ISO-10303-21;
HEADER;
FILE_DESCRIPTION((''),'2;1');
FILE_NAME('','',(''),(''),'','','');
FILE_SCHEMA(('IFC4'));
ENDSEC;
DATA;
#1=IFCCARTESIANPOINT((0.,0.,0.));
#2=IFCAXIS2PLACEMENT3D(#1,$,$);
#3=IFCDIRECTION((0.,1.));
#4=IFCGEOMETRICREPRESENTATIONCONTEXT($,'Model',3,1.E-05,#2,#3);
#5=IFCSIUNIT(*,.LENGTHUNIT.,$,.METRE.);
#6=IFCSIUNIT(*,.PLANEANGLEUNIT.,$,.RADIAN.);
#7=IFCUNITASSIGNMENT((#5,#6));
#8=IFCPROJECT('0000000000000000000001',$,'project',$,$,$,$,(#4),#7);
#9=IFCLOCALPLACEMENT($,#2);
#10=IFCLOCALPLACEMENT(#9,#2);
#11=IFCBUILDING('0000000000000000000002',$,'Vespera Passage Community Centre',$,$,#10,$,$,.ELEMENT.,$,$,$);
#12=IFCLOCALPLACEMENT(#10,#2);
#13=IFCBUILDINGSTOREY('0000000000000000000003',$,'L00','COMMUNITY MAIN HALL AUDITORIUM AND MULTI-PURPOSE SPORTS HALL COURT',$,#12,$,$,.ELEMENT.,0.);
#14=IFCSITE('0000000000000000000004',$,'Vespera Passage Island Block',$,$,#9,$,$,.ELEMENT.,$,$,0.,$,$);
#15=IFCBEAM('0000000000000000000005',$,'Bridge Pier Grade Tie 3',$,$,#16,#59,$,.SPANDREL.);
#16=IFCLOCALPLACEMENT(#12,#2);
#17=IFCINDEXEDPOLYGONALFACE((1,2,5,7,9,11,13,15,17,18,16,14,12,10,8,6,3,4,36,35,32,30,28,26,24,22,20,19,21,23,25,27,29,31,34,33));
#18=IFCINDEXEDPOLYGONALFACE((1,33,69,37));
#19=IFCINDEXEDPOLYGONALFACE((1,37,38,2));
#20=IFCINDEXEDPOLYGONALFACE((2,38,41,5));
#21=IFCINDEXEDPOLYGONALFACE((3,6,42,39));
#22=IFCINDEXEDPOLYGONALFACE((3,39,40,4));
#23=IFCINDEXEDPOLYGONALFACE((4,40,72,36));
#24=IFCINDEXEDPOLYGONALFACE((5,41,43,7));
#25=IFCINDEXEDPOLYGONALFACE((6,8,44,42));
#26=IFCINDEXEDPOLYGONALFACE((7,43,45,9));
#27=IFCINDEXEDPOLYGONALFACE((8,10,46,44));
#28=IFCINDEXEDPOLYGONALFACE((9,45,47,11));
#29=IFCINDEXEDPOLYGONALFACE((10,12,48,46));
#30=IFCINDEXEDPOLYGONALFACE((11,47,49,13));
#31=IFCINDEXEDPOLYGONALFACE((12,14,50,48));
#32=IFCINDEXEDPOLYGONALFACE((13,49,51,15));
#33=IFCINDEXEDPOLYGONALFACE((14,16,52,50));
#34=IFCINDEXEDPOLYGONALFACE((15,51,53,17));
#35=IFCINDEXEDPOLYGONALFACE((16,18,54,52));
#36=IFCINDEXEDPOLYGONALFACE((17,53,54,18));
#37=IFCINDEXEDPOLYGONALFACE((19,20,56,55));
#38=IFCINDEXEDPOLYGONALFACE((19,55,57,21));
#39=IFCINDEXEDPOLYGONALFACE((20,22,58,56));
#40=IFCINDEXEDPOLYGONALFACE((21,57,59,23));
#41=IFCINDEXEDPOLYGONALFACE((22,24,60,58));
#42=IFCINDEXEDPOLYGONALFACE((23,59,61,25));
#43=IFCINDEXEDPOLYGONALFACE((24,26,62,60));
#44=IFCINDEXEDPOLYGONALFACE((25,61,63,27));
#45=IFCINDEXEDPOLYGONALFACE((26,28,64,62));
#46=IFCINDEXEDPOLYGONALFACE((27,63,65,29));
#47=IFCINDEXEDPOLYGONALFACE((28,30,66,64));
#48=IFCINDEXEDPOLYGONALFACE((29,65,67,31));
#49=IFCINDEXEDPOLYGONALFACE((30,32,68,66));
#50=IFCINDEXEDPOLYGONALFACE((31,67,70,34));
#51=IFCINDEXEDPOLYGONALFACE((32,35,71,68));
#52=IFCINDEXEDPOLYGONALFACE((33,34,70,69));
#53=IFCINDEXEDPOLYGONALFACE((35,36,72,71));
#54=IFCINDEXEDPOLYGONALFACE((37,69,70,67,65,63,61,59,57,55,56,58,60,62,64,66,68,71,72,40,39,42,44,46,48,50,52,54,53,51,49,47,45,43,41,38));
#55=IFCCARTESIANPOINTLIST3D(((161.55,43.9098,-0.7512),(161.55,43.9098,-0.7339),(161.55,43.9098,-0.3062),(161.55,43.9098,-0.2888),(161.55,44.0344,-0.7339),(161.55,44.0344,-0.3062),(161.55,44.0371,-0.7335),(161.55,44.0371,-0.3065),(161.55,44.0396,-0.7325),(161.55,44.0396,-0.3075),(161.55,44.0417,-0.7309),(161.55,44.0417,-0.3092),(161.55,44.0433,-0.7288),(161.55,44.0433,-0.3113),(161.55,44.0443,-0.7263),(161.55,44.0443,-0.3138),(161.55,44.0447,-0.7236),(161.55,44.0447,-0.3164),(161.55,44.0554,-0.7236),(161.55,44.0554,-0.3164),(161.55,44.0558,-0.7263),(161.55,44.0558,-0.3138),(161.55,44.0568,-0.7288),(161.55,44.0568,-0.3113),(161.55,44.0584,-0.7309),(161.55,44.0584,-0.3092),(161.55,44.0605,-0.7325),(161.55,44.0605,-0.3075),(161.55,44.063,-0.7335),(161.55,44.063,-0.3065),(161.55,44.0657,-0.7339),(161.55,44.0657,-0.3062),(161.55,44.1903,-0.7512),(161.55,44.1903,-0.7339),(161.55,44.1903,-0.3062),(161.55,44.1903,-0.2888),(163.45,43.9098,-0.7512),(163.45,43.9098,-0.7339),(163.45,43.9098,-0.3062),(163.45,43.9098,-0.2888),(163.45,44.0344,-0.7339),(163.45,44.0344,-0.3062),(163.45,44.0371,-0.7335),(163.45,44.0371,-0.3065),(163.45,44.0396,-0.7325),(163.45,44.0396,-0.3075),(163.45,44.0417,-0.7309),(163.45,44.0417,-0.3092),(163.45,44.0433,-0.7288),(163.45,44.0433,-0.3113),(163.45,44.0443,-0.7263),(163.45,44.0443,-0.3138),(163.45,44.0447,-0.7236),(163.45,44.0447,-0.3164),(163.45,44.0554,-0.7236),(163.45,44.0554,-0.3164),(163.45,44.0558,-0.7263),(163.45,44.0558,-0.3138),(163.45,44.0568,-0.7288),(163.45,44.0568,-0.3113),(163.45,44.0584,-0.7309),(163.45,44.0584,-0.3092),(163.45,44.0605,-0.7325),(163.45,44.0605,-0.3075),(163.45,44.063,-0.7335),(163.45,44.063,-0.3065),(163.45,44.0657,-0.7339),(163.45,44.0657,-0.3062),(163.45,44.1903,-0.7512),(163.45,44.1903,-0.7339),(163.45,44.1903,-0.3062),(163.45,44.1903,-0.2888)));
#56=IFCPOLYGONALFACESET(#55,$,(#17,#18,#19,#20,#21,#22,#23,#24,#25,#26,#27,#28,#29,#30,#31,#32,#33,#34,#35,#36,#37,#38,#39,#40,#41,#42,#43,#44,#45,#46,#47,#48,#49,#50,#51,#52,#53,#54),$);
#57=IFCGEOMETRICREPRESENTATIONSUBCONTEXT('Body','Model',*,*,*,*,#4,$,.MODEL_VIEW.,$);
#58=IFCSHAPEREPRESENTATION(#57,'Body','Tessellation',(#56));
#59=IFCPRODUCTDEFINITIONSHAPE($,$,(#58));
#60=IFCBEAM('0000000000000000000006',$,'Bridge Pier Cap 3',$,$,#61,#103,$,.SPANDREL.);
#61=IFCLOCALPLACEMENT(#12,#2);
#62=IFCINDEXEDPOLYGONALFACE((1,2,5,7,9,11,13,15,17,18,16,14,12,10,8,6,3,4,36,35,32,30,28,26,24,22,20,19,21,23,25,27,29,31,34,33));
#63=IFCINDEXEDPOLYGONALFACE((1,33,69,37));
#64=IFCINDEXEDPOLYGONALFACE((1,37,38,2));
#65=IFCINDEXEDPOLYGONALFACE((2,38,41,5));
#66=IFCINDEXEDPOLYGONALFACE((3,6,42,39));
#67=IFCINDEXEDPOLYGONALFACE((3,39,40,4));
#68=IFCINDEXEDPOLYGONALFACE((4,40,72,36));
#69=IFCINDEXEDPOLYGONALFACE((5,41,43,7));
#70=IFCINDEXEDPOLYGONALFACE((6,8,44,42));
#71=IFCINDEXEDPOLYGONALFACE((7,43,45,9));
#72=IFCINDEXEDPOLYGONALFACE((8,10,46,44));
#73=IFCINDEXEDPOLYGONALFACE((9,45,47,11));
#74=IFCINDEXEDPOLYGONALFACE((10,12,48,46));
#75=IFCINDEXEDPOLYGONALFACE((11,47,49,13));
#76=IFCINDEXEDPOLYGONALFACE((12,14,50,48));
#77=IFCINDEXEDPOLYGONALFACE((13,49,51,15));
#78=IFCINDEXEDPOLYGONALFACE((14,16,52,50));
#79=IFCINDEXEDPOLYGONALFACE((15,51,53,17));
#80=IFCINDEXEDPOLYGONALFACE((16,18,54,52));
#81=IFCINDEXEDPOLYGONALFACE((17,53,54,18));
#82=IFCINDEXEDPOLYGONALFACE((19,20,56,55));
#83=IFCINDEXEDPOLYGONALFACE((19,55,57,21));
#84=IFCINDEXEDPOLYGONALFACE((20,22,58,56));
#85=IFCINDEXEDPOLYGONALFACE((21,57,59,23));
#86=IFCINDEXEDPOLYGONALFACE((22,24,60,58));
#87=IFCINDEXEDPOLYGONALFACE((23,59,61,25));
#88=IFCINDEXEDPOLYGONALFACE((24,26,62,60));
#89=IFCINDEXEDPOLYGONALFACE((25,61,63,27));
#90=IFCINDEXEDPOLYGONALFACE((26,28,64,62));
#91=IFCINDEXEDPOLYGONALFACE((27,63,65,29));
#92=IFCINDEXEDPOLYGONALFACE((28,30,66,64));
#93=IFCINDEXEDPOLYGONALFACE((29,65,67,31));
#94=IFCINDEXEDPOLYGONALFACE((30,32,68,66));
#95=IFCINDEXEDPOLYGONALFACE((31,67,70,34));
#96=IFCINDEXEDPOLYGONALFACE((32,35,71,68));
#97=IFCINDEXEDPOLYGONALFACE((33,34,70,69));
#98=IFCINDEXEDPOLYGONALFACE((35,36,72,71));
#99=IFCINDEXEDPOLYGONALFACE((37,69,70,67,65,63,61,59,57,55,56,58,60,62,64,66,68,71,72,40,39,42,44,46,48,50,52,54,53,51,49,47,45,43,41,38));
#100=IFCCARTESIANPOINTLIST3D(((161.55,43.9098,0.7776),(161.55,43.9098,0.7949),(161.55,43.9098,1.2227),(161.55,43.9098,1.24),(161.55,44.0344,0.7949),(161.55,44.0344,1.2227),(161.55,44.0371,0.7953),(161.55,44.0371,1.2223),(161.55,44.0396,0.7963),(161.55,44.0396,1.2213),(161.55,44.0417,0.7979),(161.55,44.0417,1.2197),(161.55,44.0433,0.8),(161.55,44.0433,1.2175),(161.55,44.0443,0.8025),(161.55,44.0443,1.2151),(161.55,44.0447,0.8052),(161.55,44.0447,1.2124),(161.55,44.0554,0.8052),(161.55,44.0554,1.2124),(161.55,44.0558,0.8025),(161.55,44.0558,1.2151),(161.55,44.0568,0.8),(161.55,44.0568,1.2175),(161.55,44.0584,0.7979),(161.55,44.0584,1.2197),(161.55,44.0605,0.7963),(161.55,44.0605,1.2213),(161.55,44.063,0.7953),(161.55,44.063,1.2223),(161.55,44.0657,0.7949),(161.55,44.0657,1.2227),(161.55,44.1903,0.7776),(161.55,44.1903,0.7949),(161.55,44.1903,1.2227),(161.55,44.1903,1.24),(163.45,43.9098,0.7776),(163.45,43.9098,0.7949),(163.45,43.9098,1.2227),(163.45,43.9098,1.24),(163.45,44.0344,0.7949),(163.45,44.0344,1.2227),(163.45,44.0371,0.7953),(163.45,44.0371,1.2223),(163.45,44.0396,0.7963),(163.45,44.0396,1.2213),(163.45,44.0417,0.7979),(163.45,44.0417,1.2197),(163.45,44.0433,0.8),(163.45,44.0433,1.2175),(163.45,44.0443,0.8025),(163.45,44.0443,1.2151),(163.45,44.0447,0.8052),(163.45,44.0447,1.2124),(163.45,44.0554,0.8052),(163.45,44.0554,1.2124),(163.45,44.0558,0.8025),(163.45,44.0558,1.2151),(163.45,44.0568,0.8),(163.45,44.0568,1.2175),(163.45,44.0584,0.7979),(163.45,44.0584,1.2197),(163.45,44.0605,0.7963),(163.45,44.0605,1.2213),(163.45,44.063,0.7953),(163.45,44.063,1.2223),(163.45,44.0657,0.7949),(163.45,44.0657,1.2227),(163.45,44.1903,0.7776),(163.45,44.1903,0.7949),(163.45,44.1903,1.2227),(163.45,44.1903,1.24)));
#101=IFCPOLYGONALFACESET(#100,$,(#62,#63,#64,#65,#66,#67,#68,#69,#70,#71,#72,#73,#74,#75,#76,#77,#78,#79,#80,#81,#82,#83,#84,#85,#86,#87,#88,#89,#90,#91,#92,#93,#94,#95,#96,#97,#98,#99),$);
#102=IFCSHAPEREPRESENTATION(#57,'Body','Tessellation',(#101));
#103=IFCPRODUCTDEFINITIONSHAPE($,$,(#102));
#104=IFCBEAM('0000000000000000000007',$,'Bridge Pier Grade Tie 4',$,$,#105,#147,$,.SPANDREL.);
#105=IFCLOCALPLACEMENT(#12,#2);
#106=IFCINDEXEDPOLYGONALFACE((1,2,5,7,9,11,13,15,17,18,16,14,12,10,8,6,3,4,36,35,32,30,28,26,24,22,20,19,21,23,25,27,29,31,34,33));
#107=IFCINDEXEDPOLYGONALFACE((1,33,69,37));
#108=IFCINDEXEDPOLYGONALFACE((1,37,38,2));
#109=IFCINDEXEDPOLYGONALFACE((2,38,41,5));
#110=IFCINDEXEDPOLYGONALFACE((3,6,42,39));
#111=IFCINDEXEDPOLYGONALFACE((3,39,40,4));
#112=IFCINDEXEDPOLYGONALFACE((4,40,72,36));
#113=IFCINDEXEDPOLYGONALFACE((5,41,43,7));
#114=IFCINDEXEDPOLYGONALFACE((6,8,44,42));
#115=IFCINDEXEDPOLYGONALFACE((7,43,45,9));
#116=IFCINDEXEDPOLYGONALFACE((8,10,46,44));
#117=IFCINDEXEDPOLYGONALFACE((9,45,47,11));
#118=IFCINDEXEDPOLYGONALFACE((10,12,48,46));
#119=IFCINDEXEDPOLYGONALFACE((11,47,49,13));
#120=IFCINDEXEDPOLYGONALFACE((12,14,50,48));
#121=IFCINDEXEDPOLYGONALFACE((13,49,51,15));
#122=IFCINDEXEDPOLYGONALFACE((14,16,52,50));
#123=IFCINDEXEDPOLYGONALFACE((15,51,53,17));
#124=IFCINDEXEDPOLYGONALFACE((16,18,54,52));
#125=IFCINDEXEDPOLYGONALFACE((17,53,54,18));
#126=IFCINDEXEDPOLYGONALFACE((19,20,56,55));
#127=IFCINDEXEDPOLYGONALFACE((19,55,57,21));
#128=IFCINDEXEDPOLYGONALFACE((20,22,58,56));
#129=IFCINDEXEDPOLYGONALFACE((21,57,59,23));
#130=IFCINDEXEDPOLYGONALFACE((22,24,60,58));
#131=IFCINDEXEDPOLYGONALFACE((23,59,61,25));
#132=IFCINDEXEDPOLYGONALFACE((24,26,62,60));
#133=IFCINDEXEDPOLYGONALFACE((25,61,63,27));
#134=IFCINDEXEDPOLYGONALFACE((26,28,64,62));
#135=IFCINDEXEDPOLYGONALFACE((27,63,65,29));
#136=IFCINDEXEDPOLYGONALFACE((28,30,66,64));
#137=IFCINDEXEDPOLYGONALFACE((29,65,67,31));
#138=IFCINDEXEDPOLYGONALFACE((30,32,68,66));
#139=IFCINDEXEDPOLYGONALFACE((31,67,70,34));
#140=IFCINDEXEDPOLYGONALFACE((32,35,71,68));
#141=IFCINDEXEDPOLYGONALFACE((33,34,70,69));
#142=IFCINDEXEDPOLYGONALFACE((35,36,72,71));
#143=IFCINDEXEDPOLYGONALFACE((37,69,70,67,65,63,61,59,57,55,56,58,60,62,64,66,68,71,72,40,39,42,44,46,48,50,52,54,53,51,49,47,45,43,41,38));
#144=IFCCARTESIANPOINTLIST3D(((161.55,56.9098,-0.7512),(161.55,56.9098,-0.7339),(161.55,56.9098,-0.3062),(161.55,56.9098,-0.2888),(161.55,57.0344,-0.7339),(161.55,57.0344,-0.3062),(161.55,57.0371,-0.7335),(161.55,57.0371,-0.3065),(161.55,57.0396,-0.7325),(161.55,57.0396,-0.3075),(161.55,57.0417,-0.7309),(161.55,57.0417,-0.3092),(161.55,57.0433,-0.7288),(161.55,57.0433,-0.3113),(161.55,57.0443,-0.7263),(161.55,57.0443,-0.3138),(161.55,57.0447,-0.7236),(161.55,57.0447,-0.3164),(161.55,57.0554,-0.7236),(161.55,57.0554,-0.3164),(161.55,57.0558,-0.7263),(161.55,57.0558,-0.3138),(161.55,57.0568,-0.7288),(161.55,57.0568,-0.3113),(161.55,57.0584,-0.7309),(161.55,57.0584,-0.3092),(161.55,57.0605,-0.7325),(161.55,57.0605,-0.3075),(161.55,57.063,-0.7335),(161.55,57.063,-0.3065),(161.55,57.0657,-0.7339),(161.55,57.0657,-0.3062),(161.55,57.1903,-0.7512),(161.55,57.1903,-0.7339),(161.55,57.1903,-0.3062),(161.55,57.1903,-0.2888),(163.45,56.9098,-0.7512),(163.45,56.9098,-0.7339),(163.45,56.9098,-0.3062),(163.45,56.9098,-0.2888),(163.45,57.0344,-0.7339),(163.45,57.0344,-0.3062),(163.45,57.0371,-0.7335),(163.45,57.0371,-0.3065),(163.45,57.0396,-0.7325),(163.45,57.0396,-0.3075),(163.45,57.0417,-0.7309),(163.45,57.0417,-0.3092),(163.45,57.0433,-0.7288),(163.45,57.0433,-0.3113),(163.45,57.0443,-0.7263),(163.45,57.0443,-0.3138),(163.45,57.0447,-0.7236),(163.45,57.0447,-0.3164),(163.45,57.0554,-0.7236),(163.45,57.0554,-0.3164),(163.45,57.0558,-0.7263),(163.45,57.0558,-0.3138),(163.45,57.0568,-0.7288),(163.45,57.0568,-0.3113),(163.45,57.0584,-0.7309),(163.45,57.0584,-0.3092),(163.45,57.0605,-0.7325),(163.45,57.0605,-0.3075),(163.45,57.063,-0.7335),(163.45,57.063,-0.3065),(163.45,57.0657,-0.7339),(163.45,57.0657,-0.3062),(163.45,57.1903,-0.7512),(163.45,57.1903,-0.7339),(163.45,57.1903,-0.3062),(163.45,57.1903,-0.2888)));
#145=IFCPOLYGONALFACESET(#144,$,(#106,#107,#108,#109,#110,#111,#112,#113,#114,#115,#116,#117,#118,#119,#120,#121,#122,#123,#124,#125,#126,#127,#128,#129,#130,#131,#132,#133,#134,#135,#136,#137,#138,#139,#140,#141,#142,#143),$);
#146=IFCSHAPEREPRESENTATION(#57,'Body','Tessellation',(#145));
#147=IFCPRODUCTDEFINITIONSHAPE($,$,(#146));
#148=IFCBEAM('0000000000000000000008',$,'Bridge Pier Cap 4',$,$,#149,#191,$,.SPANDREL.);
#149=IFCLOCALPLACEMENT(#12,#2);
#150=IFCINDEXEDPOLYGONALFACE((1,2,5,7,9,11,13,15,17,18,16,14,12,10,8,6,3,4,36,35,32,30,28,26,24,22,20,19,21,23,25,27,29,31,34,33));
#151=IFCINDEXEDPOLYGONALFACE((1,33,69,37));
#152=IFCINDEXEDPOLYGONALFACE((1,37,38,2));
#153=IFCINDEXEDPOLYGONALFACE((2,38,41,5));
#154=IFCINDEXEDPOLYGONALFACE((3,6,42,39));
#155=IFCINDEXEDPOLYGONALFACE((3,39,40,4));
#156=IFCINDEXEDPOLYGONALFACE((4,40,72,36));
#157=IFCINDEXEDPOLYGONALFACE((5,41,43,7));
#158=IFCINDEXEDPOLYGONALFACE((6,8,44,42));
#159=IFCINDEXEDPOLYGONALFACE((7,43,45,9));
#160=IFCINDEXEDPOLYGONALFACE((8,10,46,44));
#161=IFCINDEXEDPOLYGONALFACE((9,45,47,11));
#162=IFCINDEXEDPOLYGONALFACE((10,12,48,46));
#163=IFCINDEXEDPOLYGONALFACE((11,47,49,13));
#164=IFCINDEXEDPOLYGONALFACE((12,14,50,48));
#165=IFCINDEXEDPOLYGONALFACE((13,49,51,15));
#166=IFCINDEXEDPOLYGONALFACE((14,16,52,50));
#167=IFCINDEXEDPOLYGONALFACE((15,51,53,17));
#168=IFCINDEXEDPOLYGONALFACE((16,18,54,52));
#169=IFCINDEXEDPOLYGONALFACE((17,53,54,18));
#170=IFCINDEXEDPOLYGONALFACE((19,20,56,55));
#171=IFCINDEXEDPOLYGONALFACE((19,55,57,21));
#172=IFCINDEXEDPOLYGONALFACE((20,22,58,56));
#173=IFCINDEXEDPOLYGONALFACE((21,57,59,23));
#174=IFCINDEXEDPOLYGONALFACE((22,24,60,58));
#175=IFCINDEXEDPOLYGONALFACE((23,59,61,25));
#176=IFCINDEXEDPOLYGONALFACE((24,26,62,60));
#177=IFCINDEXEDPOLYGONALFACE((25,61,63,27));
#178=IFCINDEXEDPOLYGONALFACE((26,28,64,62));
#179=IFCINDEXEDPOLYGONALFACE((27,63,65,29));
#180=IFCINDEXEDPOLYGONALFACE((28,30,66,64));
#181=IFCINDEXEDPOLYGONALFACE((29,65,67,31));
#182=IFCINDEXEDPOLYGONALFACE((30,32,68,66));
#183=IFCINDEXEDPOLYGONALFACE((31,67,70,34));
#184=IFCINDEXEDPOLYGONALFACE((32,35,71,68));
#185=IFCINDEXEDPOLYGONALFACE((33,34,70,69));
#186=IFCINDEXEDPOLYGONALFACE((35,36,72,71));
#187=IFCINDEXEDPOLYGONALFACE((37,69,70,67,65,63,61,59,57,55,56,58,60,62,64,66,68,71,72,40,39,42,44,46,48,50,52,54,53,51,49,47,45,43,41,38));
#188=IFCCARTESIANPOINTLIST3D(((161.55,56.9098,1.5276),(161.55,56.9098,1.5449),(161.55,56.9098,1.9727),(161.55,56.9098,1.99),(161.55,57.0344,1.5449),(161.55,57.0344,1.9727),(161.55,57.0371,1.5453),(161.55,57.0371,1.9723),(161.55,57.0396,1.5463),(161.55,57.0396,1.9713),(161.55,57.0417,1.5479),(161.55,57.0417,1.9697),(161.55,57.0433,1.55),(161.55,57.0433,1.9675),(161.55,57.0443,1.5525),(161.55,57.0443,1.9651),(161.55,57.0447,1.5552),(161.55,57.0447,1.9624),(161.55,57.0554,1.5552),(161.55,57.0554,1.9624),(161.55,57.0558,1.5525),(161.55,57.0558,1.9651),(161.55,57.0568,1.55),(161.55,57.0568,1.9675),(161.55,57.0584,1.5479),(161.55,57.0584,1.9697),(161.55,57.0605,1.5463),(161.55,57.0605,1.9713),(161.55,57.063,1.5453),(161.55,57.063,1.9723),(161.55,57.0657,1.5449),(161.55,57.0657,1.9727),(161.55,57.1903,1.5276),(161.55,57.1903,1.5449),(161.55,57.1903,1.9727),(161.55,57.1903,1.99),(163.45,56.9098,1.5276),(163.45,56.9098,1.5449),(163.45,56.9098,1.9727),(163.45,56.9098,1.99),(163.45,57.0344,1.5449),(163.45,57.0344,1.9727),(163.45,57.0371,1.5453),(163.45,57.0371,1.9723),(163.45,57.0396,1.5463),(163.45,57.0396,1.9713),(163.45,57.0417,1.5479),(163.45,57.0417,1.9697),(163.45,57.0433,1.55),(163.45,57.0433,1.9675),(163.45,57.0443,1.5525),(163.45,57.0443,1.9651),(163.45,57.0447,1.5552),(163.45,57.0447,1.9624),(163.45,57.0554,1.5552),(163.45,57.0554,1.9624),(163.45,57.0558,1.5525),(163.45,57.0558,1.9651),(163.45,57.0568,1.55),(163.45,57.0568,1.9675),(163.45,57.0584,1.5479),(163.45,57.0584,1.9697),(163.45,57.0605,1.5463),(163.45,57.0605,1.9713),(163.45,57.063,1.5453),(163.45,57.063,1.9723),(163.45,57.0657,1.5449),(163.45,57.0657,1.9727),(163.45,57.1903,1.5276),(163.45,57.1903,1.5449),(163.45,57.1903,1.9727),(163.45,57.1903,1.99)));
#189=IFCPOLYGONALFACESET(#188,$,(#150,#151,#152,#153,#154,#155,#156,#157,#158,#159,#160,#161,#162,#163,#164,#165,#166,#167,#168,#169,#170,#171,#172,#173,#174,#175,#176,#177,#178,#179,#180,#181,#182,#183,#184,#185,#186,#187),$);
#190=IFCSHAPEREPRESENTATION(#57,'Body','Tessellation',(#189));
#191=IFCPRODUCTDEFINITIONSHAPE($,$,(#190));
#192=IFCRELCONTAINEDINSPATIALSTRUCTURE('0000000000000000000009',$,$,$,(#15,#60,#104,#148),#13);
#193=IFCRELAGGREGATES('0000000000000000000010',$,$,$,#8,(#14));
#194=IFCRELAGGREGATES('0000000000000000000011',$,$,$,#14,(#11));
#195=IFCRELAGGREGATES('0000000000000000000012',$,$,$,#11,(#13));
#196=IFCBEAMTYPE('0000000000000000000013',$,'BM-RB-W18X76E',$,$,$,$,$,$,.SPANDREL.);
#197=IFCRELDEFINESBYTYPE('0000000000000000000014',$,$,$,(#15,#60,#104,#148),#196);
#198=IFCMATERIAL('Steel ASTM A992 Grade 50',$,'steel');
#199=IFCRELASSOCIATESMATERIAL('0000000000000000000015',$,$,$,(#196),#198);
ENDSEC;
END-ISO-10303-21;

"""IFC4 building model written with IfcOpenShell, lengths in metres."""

from ifc_helpers import new_model, si_unit, direction, frame, origin, origin_2d, place, context, subcontext, project, spatial, i_section, extrude, material, material_profile, profile_set, type_object, element, save


model = new_model("IFC4")

# Units and contexts
model_context = context("Model", 3, precision=1e-05, world=origin(), true_north=direction((0.0, 1.0)))
body_context = subcontext(model_context, "Body", "Model", "MODEL_VIEW")
ifc_project = project(units=[si_unit("LENGTHUNIT", "METRE"), si_unit("PLANEANGLEUNIT", "RADIAN")], contexts=[model_context])

# Site, building, storey
site_placement = place(None, origin())
site = spatial("IfcSite", under=ifc_project, at=site_placement, Name="Vespera Passage Island Block", CompositionType="ELEMENT", RefElevation=0.0)
building_placement = place(site_placement, origin())
building = spatial("IfcBuilding", under=site, at=building_placement, Name="Vespera Passage Community Centre", CompositionType="ELEMENT")
storey_placement = place(building_placement, origin())
storey = spatial("IfcBuildingStorey", under=building, at=storey_placement, Name="L00", Description="COMMUNITY MAIN HALL AUDITORIUM AND MULTI-PURPOSE SPORTS HALL COURT", CompositionType="ELEMENT", Elevation=0.0)

# Beams
ifc_material_1 = material(Name="Steel ASTM A992 Grade 50", Category="steel")
ifc_material_profile_1 = material_profile(ifc_material_1, i_section(OverallWidth=0.2805, OverallDepth=0.4624, WebThickness=0.0107, FlangeThickness=0.0173, FilletRadius=0.0103, at=origin_2d()), Name="W18X76")
ifc_profile_set_1 = profile_set([ifc_material_profile_1], Name="Steel ASTM A992 Grade 50")
beam_type_1 = type_object("IfcBeamType", Name="BM-RB-W18X76E", PredefinedType="SPANDREL", material=ifc_profile_set_1)
for number, where, z_axis, x_axis, name in (
    (1, (161.55, 44.05, -0.52), (1.0, 0.0, 0.0), (0.0, 1.0, 0.0), "Bridge Pier Grade Tie 3"),
    (2, (161.55, 44.05, 1.0088), (1.0, 0.0, 0.0), (0.0, 1.0, 0.0), "Bridge Pier Cap 3"),
    (3, (161.55, 57.05, -0.52), (1.0, 0.0, 0.0), (0.0, 1.0, 0.0), "Bridge Pier Grade Tie 4"),
    (4, (161.55, 57.05, 1.7588), (1.0, 0.0, 0.0), (0.0, 1.0, 0.0), "Bridge Pier Cap 4"),
):
    element("IfcBeam", number, at=place(storey_placement, frame(where, z_axis=z_axis, x_axis=x_axis)), inside=storey, type_object=beam_type_1, Name=name, PredefinedType="SPANDREL", context=body_context, shape_type="SweptSolid", body=[
        extrude(i_section(OverallWidth=0.2805, OverallDepth=0.4624, WebThickness=0.0107, FlangeThickness=0.0173, FilletRadius=0.0103, at=origin_2d()), origin(), (0.0, 0.0, 1.0), 1.8999),
    ])

save(model, "model.ifc")
